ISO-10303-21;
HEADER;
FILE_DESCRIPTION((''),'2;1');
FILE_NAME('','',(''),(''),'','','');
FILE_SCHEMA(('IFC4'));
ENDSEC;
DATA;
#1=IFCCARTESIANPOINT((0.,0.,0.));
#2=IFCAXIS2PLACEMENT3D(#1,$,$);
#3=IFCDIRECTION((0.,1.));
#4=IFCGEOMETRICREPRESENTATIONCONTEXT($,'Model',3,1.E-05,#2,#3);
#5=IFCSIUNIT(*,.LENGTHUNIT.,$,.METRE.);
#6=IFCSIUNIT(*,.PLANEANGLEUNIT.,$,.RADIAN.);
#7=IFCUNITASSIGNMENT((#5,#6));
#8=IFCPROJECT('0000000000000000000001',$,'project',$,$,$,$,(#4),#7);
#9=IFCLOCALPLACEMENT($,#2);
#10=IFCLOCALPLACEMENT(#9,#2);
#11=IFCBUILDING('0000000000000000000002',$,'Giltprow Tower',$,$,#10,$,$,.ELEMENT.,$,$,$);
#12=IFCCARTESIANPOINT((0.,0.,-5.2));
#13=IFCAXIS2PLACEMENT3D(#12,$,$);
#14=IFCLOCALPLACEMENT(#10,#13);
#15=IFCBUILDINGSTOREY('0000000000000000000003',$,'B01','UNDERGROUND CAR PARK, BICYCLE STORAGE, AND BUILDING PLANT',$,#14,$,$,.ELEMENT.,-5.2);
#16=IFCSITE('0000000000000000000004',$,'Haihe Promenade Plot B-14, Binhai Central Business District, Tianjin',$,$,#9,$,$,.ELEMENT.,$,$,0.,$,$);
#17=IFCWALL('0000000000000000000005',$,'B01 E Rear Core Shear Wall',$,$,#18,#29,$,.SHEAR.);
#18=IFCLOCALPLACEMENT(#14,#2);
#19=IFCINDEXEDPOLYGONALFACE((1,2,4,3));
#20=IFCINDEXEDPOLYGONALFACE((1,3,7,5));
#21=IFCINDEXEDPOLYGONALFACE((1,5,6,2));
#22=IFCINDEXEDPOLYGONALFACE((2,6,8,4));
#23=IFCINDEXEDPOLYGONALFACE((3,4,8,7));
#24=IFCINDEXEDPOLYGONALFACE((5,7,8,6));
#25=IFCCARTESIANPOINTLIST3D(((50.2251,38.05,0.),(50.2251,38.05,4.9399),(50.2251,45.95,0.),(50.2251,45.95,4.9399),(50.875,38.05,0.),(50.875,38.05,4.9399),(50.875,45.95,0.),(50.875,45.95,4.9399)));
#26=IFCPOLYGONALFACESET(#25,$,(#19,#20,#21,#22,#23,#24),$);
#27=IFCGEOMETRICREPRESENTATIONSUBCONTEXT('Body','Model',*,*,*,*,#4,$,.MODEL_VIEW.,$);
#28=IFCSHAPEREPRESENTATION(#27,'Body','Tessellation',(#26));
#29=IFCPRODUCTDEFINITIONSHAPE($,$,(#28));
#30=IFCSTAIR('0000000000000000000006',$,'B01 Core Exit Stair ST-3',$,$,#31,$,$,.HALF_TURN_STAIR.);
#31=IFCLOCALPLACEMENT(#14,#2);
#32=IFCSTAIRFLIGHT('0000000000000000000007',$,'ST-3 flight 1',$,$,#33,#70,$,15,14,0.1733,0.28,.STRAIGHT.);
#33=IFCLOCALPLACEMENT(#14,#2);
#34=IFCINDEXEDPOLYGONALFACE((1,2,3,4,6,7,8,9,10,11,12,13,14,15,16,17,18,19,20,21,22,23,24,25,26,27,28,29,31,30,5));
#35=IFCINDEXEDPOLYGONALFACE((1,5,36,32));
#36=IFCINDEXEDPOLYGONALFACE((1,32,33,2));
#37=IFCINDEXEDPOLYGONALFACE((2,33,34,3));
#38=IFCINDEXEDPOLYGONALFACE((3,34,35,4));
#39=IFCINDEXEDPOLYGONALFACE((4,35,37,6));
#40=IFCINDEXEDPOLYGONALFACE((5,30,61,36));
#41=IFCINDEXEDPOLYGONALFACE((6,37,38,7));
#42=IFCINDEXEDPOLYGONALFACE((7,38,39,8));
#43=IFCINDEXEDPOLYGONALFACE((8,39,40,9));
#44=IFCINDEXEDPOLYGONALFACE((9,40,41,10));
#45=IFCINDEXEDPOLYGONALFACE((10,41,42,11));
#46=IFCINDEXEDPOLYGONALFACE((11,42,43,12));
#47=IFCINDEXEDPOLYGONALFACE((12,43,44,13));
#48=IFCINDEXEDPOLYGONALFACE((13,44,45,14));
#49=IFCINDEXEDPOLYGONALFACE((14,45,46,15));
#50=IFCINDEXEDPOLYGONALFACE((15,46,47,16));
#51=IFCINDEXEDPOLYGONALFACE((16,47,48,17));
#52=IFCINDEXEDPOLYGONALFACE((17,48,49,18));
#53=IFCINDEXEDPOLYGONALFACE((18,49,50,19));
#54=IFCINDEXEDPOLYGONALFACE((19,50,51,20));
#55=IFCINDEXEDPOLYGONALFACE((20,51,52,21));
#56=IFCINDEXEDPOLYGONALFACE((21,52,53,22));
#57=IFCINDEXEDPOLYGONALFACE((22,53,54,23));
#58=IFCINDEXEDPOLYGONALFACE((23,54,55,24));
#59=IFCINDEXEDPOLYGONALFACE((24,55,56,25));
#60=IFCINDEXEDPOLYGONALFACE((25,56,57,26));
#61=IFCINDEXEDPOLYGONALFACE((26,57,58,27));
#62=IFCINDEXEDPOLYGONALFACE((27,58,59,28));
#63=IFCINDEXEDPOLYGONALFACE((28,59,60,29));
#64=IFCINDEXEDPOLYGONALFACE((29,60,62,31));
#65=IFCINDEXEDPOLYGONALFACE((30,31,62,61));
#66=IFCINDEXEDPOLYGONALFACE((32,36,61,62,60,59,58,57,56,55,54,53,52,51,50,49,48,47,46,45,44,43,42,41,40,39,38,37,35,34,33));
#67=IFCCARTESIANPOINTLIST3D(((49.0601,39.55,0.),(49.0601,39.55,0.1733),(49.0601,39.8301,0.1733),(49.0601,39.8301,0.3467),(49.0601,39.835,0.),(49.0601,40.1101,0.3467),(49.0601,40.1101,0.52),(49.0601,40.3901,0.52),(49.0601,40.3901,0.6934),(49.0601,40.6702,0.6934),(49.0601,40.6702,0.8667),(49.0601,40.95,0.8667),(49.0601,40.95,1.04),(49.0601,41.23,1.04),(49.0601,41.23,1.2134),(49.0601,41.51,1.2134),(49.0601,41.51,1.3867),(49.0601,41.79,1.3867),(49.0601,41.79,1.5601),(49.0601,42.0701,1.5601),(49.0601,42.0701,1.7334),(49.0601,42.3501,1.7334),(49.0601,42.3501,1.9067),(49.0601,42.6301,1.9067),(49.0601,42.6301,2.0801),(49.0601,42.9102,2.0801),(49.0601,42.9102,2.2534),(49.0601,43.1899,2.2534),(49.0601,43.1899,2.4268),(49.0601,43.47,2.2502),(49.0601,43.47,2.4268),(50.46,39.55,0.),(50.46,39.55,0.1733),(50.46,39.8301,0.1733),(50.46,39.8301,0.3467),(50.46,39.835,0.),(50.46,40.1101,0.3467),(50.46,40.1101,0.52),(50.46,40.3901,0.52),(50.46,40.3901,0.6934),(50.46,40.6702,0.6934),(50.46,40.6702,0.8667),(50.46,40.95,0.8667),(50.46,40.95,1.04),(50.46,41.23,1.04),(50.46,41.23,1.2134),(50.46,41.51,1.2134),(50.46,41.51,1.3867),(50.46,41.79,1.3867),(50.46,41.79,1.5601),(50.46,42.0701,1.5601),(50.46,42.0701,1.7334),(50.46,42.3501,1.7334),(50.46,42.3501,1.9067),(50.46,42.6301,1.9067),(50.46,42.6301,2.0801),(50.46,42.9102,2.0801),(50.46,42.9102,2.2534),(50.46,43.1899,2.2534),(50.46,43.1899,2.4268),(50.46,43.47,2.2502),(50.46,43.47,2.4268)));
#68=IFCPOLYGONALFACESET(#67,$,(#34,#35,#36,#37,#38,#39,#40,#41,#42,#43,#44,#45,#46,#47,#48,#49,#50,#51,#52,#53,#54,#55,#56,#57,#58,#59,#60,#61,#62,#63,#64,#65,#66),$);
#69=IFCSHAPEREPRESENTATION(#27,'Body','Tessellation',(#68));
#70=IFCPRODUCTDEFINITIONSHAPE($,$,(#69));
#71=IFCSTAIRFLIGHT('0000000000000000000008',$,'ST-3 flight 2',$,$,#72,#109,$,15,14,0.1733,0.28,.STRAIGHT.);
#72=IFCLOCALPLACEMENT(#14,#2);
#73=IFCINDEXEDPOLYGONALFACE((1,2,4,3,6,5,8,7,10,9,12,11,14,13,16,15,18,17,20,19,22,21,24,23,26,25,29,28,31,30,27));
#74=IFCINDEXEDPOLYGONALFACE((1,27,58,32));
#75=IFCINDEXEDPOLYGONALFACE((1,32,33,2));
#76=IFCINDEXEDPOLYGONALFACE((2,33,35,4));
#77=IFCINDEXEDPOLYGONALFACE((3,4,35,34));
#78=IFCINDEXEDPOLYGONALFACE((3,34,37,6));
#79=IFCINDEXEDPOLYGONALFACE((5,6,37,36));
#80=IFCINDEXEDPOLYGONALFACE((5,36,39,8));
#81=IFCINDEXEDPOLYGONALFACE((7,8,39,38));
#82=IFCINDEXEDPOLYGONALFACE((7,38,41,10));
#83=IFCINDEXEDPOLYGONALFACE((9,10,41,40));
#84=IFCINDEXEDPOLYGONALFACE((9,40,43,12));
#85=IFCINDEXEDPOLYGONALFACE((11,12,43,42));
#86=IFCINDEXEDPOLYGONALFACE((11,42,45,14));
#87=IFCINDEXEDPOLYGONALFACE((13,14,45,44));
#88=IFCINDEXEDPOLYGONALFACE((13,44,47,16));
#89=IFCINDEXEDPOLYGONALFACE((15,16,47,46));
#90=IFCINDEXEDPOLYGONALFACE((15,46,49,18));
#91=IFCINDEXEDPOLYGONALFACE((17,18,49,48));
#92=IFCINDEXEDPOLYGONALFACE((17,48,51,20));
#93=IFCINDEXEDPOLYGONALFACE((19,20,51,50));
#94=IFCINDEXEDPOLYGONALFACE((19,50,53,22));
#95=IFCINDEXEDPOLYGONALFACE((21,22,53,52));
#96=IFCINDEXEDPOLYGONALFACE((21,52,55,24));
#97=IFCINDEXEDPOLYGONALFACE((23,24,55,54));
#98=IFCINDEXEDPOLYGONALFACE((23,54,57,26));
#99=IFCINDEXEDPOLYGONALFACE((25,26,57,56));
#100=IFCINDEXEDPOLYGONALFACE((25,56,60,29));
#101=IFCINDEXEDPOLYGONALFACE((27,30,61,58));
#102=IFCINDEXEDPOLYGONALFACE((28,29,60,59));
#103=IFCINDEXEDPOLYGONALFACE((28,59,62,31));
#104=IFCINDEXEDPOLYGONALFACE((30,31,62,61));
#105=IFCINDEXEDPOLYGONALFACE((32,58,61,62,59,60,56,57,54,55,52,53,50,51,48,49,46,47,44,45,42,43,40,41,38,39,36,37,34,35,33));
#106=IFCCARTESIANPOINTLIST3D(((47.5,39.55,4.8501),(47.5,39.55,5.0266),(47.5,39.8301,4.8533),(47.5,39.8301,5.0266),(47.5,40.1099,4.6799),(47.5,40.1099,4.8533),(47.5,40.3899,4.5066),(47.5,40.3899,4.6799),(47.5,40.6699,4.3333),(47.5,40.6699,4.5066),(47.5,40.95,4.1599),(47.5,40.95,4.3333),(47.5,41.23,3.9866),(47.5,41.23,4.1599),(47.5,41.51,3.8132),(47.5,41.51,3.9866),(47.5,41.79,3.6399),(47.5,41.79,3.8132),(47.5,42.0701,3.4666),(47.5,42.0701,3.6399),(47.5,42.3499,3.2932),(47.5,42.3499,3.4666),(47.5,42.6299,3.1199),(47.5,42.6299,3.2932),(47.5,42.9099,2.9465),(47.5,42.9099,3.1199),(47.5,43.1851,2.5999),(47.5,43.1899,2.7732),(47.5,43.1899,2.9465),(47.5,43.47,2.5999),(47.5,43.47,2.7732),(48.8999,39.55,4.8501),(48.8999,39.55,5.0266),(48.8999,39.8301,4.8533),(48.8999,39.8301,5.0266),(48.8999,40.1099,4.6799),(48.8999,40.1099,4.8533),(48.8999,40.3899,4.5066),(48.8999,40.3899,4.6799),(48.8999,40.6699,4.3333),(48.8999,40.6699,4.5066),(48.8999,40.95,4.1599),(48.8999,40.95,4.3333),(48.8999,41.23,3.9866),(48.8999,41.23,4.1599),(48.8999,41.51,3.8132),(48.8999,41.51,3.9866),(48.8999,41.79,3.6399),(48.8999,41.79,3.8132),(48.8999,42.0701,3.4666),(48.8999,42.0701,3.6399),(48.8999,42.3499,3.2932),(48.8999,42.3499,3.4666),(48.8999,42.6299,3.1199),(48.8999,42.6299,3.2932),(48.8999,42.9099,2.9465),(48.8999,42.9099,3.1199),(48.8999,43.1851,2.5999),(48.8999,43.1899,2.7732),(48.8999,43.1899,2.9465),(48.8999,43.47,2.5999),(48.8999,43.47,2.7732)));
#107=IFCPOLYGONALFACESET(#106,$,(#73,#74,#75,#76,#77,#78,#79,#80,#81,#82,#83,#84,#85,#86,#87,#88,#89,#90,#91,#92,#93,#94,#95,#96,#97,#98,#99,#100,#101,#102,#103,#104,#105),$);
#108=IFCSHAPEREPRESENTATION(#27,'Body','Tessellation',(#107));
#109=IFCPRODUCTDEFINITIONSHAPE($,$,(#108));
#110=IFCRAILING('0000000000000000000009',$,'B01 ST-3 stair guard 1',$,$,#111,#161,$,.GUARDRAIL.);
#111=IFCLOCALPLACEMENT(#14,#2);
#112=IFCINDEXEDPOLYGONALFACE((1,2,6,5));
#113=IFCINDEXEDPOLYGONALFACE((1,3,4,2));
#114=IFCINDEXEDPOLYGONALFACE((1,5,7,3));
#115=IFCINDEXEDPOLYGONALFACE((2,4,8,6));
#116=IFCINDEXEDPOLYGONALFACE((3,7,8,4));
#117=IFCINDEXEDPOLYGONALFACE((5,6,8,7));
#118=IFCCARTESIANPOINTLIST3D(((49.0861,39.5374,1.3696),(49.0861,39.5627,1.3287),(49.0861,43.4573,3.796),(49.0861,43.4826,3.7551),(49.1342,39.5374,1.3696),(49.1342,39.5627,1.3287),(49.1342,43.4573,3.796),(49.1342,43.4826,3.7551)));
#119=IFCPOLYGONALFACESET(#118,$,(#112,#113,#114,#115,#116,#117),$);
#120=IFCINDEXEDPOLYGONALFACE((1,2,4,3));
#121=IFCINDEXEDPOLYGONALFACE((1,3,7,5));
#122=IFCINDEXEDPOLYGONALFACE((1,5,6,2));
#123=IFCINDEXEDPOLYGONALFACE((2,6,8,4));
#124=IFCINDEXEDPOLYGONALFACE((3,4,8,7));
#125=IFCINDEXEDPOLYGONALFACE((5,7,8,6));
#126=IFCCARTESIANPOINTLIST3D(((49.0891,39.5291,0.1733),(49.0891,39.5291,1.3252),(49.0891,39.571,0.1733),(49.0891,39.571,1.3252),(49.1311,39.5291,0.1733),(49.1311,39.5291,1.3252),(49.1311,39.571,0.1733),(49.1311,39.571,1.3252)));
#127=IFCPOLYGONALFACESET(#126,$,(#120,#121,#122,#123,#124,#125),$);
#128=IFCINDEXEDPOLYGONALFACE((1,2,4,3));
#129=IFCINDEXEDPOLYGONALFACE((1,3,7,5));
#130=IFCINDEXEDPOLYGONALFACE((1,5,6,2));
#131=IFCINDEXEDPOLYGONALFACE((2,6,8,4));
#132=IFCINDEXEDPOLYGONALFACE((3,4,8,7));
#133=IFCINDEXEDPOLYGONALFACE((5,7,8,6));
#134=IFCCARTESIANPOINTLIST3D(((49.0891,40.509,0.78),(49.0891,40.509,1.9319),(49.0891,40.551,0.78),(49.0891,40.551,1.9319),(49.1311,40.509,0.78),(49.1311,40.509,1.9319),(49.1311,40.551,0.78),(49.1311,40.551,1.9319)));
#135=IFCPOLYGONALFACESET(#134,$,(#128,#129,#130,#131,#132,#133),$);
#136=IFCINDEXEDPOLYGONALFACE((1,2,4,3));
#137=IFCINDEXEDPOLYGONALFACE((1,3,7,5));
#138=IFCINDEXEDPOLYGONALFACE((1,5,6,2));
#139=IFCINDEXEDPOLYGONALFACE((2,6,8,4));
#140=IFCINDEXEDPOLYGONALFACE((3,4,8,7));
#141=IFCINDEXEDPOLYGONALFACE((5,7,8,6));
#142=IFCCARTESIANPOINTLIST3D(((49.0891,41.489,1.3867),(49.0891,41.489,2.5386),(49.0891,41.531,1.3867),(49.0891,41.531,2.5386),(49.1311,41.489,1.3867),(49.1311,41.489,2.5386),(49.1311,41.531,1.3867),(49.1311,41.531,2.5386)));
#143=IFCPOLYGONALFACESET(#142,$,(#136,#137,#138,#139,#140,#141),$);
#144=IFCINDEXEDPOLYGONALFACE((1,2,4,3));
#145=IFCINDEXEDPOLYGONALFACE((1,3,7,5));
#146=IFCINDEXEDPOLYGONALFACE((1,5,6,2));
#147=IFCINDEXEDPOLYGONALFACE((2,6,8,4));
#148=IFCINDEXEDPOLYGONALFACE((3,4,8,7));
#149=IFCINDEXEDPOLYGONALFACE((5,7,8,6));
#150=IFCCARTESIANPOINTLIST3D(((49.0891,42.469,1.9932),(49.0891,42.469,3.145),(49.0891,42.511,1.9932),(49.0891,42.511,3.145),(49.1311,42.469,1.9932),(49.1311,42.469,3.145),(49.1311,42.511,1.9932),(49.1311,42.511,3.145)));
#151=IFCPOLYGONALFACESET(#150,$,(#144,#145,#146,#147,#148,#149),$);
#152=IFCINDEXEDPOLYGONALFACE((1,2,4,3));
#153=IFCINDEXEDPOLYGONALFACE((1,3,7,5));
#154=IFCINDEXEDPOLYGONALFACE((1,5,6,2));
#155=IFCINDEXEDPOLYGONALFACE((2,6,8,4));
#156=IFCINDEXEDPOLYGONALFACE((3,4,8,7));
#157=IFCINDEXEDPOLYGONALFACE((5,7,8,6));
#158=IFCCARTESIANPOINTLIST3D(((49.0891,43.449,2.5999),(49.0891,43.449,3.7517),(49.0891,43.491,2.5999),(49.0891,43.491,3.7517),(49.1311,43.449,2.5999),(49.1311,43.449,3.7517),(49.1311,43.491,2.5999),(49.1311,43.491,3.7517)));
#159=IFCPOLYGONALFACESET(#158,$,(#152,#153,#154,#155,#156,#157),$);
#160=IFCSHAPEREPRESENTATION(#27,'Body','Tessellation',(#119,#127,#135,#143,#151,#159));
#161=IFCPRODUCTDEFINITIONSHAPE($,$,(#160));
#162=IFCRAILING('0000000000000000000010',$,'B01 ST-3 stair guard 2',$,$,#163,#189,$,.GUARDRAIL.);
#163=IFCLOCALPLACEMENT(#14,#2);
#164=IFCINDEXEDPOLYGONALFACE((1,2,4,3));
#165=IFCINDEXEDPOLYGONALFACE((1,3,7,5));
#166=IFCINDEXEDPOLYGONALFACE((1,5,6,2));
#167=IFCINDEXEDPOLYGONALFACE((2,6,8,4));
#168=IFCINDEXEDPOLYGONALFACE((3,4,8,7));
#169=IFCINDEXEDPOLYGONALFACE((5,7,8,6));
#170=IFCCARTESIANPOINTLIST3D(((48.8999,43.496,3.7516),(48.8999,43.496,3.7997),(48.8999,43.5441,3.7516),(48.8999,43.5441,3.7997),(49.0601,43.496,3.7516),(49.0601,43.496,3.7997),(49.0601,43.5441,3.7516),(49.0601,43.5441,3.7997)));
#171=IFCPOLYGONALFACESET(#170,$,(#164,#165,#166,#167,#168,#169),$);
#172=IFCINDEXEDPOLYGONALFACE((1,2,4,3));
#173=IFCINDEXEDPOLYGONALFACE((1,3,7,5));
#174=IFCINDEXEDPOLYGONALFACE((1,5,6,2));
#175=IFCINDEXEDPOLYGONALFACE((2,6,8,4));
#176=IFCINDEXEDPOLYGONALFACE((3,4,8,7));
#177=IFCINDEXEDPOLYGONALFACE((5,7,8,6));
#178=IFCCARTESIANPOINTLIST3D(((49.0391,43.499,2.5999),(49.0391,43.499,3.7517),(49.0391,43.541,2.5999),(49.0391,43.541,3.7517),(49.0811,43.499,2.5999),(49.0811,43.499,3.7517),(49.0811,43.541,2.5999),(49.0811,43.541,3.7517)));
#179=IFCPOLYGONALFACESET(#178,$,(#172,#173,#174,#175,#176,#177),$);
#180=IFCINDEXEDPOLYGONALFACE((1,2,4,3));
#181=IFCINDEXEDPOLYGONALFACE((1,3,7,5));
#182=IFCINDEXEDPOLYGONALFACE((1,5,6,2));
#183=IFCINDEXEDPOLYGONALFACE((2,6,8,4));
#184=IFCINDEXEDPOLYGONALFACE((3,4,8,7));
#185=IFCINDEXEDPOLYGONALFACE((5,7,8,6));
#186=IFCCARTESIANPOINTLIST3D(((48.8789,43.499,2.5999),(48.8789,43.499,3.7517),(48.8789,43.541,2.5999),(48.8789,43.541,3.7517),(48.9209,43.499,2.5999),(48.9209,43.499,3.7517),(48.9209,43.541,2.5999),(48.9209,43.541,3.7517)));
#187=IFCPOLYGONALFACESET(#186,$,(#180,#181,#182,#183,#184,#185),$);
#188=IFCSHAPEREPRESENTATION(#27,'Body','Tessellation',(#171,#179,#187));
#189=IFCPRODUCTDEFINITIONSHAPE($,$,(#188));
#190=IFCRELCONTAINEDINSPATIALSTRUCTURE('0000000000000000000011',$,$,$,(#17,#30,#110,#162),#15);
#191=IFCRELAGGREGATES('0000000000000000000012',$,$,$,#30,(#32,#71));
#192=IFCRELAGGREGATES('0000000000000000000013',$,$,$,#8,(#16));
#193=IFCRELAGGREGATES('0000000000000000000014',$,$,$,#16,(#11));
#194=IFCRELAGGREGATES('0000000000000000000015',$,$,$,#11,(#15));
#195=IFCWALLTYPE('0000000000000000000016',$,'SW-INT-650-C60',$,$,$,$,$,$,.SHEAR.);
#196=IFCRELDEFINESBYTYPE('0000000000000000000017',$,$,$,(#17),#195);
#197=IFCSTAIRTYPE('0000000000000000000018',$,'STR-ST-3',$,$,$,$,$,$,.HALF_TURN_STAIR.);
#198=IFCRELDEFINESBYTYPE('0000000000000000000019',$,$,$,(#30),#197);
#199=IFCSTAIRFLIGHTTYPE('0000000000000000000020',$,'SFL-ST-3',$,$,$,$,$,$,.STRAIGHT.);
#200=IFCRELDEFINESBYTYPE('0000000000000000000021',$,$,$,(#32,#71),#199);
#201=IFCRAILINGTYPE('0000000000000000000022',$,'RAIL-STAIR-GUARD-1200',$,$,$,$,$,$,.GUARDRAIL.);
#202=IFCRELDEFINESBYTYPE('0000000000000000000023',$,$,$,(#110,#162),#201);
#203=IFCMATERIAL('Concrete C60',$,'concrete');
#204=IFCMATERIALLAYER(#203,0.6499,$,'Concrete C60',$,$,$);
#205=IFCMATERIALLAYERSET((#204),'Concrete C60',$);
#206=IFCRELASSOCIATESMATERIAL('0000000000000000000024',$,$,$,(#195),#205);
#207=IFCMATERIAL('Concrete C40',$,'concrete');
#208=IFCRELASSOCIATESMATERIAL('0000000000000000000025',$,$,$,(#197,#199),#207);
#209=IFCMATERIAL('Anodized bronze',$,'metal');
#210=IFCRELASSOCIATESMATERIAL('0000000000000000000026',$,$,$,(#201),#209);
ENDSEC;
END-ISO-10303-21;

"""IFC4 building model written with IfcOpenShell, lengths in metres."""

from ifc_helpers import new_model, si_unit, direction, frame, frame_2d, origin, origin_2d, place, context, subcontext, project, spatial, polyline, rectangle, outline, extrude, material, layer, layer_set, type_object, element, aggregate, save


model = new_model("IFC4")

# Units and contexts
model_context = context("Model", 3, precision=1e-05, world=origin(), true_north=direction((0.0, 1.0)))
body_context = subcontext(model_context, "Body", "Model", "MODEL_VIEW")
ifc_project = project(units=[si_unit("LENGTHUNIT", "METRE"), si_unit("PLANEANGLEUNIT", "RADIAN")], contexts=[model_context])

# Site, building, storey
site_placement = place(None, origin())
site = spatial("IfcSite", under=ifc_project, at=site_placement, Name="Haihe Promenade Plot B-14, Binhai Central Business District, Tianjin", CompositionType="ELEMENT", RefElevation=0.0)
building_placement = place(site_placement, origin())
building = spatial("IfcBuilding", under=site, at=building_placement, Name="Giltprow Tower", CompositionType="ELEMENT")
storey_placement = place(building_placement, frame((0.0, 0.0, -5.2)))
storey = spatial("IfcBuildingStorey", under=building, at=storey_placement, Name="B01", Description="UNDERGROUND CAR PARK, BICYCLE STORAGE, AND BUILDING PLANT", CompositionType="ELEMENT", Elevation=-5.2)

# Shared definitions
ifc_material_1 = material(Name="Concrete C60", Category="concrete")

# Shared definitions
ifc_material_2 = material(Name="Concrete C40", Category="concrete")

# Wall
ifc_layer_1 = layer(ifc_material_1, 0.6499, Name="Concrete C60")
ifc_layer_set_1 = layer_set([ifc_layer_1], Name="Concrete C60")
wall_type_1 = type_object("IfcWallType", Name="SW-INT-650-C60", PredefinedType="SHEAR", material=ifc_layer_set_1)
wall_1_placement = place(storey_placement, frame((50.55, 38.05, 0.0), z_axis=(0.0, 0.0, 1.0), x_axis=(0.0, 1.0, 0.0)))
element("IfcWall", 1, at=wall_1_placement, inside=storey, type_object=wall_type_1, Name="B01 E Rear Core Shear Wall", PredefinedType="SHEAR", context=body_context, shape_type="SweptSolid", body=[
    extrude(rectangle(XDim=7.8999, YDim=0.6499, at=frame_2d((3.95, 0.0))), origin(), (0.0, 0.0, 1.0), 4.9399),
])

# Stair, stair flights
stair_type = type_object("IfcStairType", Name="STR-ST-3", PredefinedType="HALF_TURN_STAIR", material=ifc_material_2)
stair_placement = place(storey_placement, origin())
stair = element("IfcStair", 2, at=stair_placement, inside=storey, type_object=stair_type, Name="B01 Core Exit Stair ST-3", PredefinedType="HALF_TURN_STAIR")
stair_flight_type = type_object("IfcStairFlightType", Name="SFL-ST-3", PredefinedType="STRAIGHT", material=ifc_material_2)
stair_flight_1_placement = place(storey_placement, frame((49.76, 39.55, 0.0), z_axis=(0.0, 0.0, 1.0), x_axis=(0.0, 1.0, 0.0)))
stair_flight_1 = element("IfcStairFlight", 3, at=stair_flight_1_placement, type_object=stair_flight_type, Name="ST-3 flight 1", NumberOfRisers=15, NumberOfTreads=14, PredefinedType="STRAIGHT", RiserHeight=0.1733, TreadLength=0.28, context=body_context, shape_type="SweptSolid", body=[
    extrude(outline(polyline([(0.0, 0.0), (0.0, 0.1733), (0.28, 0.1733), (0.28, 0.3467), (0.5601, 0.3467), (0.5601, 0.52), (0.8401, 0.52), (0.8401, 0.6934), (1.1201, 0.6934), (1.1201, 0.8667), (1.3999, 0.8667), (1.3999, 1.04), (1.6799, 1.04), (1.6799, 1.2134), (1.96, 1.2134), (1.96, 1.3867), (2.24, 1.3867), (2.24, 1.5601), (2.52, 1.5601), (2.52, 1.7334), (2.8, 1.7334), (2.8, 1.9067), (3.0801, 1.9067), (3.0801, 2.0801), (3.3601, 2.0801), (3.3601, 2.2534), (3.6399, 2.2534), (3.6399, 2.4268), (3.9199, 2.4268), (3.9199, 2.6001), (3.9199, 2.2502), (0.2849, 0.0), (0.0, 0.0)])), frame((0.0, 0.7, 0.0), z_axis=(0.0, -1.0, 0.0), x_axis=(1.0, 0.0, 0.0)), (0.0, 0.0, 1.0), 1.3999),
])
stair_flight_2_placement = place(storey_placement, frame((48.2, 43.47, 2.5999), z_axis=(0.0, 0.0, 1.0), x_axis=(0.0, -1.0, 0.0)))
stair_flight_2 = element("IfcStairFlight", 4, at=stair_flight_2_placement, type_object=stair_flight_type, Name="ST-3 flight 2", NumberOfRisers=15, NumberOfTreads=14, PredefinedType="STRAIGHT", RiserHeight=0.1733, TreadLength=0.28, context=body_context, shape_type="SweptSolid", body=[
    extrude(outline(polyline([(0.0, 0.0), (0.0, 0.1733), (0.28, 0.1733), (0.28, 0.3467), (0.5601, 0.3467), (0.5601, 0.52), (0.8401, 0.52), (0.8401, 0.6934), (1.1201, 0.6934), (1.1201, 0.8667), (1.3999, 0.8667), (1.3999, 1.04), (1.6799, 1.04), (1.6799, 1.2134), (1.96, 1.2134), (1.96, 1.3867), (2.24, 1.3867), (2.24, 1.5601), (2.52, 1.5601), (2.52, 1.7334), (2.8, 1.7334), (2.8, 1.9067), (3.0801, 1.9067), (3.0801, 2.0801), (3.3601, 2.0801), (3.3601, 2.2534), (3.6399, 2.2534), (3.6399, 2.4268), (3.9199, 2.4268), (3.9199, 2.6001), (3.9199, 2.2502), (0.2849, 0.0), (0.0, 0.0)])), frame((0.0, 0.7, 0.0), z_axis=(0.0, -1.0, 0.0), x_axis=(1.0, 0.0, 0.0)), (0.0, 0.0, 1.0), 1.3999),
])
aggregate(stair, [stair_flight_1, stair_flight_2])

# Railings
ifc_material_3 = material(Name="Anodized bronze", Category="metal")
railing_type_1 = type_object("IfcRailingType", Name="RAIL-STAIR-GUARD-1200", PredefinedType="GUARDRAIL", material=ifc_material_3)
railing_1_placement = place(storey_placement, frame((49.1101, 39.55, 0.1733)))
element("IfcRailing", 5, at=railing_1_placement, inside=storey, type_object=railing_type_1, Name="B01 ST-3 stair guard 1", PredefinedType="GUARDRAIL", context=body_context, shape_type="SweptSolid", body=[
    extrude(rectangle(XDim=0.0481, YDim=0.0481, at=origin_2d()), frame((0.0, 0.0, 1.1758), z_axis=(0.0, 0.850275, 0.526338), x_axis=(-1.0, 0.0, 0.0)), (0.0, 0.0, 1.0), 4.6101),
    extrude(rectangle(XDim=0.042, YDim=0.042, at=origin_2d()), origin(), (0.0, 0.0, 1.0), 1.1519),
    extrude(rectangle(XDim=0.042, YDim=0.042, at=origin_2d()), frame((0.0, 0.98, 0.6067)), (0.0, 0.0, 1.0), 1.1519),
    extrude(rectangle(XDim=0.042, YDim=0.042, at=origin_2d()), frame((0.0, 1.96, 1.2134)), (0.0, 0.0, 1.0), 1.1519),
    extrude(rectangle(XDim=0.042, YDim=0.042, at=origin_2d()), frame((0.0, 2.9399, 1.8198)), (0.0, 0.0, 1.0), 1.1519),
    extrude(rectangle(XDim=0.042, YDim=0.042, at=origin_2d()), frame((0.0, 3.9199, 2.4265)), (0.0, 0.0, 1.0), 1.1519),
])
railing_2_placement = place(storey_placement, frame((49.0601, 43.52, 2.5999)))
element("IfcRailing", 6, at=railing_2_placement, inside=storey, type_object=railing_type_1, Name="B01 ST-3 stair guard 2", PredefinedType="GUARDRAIL", context=body_context, shape_type="SweptSolid", body=[
    extrude(rectangle(XDim=0.0481, YDim=0.0481, at=origin_2d()), frame((0.0, 0.0, 1.1758), z_axis=(-1.0, 0.0, 0.0), x_axis=(0.0, -1.0, 0.0)), (0.0, 0.0, 1.0), 0.1602),
    extrude(rectangle(XDim=0.042, YDim=0.042, at=origin_2d()), origin(), (0.0, 0.0, 1.0), 1.1519),
    extrude(rectangle(XDim=0.042, YDim=0.042, at=origin_2d()), frame((-0.1602, 0.0, 0.0)), (0.0, 0.0, 1.0), 1.1519),
])

save(model, "model.ifc")
